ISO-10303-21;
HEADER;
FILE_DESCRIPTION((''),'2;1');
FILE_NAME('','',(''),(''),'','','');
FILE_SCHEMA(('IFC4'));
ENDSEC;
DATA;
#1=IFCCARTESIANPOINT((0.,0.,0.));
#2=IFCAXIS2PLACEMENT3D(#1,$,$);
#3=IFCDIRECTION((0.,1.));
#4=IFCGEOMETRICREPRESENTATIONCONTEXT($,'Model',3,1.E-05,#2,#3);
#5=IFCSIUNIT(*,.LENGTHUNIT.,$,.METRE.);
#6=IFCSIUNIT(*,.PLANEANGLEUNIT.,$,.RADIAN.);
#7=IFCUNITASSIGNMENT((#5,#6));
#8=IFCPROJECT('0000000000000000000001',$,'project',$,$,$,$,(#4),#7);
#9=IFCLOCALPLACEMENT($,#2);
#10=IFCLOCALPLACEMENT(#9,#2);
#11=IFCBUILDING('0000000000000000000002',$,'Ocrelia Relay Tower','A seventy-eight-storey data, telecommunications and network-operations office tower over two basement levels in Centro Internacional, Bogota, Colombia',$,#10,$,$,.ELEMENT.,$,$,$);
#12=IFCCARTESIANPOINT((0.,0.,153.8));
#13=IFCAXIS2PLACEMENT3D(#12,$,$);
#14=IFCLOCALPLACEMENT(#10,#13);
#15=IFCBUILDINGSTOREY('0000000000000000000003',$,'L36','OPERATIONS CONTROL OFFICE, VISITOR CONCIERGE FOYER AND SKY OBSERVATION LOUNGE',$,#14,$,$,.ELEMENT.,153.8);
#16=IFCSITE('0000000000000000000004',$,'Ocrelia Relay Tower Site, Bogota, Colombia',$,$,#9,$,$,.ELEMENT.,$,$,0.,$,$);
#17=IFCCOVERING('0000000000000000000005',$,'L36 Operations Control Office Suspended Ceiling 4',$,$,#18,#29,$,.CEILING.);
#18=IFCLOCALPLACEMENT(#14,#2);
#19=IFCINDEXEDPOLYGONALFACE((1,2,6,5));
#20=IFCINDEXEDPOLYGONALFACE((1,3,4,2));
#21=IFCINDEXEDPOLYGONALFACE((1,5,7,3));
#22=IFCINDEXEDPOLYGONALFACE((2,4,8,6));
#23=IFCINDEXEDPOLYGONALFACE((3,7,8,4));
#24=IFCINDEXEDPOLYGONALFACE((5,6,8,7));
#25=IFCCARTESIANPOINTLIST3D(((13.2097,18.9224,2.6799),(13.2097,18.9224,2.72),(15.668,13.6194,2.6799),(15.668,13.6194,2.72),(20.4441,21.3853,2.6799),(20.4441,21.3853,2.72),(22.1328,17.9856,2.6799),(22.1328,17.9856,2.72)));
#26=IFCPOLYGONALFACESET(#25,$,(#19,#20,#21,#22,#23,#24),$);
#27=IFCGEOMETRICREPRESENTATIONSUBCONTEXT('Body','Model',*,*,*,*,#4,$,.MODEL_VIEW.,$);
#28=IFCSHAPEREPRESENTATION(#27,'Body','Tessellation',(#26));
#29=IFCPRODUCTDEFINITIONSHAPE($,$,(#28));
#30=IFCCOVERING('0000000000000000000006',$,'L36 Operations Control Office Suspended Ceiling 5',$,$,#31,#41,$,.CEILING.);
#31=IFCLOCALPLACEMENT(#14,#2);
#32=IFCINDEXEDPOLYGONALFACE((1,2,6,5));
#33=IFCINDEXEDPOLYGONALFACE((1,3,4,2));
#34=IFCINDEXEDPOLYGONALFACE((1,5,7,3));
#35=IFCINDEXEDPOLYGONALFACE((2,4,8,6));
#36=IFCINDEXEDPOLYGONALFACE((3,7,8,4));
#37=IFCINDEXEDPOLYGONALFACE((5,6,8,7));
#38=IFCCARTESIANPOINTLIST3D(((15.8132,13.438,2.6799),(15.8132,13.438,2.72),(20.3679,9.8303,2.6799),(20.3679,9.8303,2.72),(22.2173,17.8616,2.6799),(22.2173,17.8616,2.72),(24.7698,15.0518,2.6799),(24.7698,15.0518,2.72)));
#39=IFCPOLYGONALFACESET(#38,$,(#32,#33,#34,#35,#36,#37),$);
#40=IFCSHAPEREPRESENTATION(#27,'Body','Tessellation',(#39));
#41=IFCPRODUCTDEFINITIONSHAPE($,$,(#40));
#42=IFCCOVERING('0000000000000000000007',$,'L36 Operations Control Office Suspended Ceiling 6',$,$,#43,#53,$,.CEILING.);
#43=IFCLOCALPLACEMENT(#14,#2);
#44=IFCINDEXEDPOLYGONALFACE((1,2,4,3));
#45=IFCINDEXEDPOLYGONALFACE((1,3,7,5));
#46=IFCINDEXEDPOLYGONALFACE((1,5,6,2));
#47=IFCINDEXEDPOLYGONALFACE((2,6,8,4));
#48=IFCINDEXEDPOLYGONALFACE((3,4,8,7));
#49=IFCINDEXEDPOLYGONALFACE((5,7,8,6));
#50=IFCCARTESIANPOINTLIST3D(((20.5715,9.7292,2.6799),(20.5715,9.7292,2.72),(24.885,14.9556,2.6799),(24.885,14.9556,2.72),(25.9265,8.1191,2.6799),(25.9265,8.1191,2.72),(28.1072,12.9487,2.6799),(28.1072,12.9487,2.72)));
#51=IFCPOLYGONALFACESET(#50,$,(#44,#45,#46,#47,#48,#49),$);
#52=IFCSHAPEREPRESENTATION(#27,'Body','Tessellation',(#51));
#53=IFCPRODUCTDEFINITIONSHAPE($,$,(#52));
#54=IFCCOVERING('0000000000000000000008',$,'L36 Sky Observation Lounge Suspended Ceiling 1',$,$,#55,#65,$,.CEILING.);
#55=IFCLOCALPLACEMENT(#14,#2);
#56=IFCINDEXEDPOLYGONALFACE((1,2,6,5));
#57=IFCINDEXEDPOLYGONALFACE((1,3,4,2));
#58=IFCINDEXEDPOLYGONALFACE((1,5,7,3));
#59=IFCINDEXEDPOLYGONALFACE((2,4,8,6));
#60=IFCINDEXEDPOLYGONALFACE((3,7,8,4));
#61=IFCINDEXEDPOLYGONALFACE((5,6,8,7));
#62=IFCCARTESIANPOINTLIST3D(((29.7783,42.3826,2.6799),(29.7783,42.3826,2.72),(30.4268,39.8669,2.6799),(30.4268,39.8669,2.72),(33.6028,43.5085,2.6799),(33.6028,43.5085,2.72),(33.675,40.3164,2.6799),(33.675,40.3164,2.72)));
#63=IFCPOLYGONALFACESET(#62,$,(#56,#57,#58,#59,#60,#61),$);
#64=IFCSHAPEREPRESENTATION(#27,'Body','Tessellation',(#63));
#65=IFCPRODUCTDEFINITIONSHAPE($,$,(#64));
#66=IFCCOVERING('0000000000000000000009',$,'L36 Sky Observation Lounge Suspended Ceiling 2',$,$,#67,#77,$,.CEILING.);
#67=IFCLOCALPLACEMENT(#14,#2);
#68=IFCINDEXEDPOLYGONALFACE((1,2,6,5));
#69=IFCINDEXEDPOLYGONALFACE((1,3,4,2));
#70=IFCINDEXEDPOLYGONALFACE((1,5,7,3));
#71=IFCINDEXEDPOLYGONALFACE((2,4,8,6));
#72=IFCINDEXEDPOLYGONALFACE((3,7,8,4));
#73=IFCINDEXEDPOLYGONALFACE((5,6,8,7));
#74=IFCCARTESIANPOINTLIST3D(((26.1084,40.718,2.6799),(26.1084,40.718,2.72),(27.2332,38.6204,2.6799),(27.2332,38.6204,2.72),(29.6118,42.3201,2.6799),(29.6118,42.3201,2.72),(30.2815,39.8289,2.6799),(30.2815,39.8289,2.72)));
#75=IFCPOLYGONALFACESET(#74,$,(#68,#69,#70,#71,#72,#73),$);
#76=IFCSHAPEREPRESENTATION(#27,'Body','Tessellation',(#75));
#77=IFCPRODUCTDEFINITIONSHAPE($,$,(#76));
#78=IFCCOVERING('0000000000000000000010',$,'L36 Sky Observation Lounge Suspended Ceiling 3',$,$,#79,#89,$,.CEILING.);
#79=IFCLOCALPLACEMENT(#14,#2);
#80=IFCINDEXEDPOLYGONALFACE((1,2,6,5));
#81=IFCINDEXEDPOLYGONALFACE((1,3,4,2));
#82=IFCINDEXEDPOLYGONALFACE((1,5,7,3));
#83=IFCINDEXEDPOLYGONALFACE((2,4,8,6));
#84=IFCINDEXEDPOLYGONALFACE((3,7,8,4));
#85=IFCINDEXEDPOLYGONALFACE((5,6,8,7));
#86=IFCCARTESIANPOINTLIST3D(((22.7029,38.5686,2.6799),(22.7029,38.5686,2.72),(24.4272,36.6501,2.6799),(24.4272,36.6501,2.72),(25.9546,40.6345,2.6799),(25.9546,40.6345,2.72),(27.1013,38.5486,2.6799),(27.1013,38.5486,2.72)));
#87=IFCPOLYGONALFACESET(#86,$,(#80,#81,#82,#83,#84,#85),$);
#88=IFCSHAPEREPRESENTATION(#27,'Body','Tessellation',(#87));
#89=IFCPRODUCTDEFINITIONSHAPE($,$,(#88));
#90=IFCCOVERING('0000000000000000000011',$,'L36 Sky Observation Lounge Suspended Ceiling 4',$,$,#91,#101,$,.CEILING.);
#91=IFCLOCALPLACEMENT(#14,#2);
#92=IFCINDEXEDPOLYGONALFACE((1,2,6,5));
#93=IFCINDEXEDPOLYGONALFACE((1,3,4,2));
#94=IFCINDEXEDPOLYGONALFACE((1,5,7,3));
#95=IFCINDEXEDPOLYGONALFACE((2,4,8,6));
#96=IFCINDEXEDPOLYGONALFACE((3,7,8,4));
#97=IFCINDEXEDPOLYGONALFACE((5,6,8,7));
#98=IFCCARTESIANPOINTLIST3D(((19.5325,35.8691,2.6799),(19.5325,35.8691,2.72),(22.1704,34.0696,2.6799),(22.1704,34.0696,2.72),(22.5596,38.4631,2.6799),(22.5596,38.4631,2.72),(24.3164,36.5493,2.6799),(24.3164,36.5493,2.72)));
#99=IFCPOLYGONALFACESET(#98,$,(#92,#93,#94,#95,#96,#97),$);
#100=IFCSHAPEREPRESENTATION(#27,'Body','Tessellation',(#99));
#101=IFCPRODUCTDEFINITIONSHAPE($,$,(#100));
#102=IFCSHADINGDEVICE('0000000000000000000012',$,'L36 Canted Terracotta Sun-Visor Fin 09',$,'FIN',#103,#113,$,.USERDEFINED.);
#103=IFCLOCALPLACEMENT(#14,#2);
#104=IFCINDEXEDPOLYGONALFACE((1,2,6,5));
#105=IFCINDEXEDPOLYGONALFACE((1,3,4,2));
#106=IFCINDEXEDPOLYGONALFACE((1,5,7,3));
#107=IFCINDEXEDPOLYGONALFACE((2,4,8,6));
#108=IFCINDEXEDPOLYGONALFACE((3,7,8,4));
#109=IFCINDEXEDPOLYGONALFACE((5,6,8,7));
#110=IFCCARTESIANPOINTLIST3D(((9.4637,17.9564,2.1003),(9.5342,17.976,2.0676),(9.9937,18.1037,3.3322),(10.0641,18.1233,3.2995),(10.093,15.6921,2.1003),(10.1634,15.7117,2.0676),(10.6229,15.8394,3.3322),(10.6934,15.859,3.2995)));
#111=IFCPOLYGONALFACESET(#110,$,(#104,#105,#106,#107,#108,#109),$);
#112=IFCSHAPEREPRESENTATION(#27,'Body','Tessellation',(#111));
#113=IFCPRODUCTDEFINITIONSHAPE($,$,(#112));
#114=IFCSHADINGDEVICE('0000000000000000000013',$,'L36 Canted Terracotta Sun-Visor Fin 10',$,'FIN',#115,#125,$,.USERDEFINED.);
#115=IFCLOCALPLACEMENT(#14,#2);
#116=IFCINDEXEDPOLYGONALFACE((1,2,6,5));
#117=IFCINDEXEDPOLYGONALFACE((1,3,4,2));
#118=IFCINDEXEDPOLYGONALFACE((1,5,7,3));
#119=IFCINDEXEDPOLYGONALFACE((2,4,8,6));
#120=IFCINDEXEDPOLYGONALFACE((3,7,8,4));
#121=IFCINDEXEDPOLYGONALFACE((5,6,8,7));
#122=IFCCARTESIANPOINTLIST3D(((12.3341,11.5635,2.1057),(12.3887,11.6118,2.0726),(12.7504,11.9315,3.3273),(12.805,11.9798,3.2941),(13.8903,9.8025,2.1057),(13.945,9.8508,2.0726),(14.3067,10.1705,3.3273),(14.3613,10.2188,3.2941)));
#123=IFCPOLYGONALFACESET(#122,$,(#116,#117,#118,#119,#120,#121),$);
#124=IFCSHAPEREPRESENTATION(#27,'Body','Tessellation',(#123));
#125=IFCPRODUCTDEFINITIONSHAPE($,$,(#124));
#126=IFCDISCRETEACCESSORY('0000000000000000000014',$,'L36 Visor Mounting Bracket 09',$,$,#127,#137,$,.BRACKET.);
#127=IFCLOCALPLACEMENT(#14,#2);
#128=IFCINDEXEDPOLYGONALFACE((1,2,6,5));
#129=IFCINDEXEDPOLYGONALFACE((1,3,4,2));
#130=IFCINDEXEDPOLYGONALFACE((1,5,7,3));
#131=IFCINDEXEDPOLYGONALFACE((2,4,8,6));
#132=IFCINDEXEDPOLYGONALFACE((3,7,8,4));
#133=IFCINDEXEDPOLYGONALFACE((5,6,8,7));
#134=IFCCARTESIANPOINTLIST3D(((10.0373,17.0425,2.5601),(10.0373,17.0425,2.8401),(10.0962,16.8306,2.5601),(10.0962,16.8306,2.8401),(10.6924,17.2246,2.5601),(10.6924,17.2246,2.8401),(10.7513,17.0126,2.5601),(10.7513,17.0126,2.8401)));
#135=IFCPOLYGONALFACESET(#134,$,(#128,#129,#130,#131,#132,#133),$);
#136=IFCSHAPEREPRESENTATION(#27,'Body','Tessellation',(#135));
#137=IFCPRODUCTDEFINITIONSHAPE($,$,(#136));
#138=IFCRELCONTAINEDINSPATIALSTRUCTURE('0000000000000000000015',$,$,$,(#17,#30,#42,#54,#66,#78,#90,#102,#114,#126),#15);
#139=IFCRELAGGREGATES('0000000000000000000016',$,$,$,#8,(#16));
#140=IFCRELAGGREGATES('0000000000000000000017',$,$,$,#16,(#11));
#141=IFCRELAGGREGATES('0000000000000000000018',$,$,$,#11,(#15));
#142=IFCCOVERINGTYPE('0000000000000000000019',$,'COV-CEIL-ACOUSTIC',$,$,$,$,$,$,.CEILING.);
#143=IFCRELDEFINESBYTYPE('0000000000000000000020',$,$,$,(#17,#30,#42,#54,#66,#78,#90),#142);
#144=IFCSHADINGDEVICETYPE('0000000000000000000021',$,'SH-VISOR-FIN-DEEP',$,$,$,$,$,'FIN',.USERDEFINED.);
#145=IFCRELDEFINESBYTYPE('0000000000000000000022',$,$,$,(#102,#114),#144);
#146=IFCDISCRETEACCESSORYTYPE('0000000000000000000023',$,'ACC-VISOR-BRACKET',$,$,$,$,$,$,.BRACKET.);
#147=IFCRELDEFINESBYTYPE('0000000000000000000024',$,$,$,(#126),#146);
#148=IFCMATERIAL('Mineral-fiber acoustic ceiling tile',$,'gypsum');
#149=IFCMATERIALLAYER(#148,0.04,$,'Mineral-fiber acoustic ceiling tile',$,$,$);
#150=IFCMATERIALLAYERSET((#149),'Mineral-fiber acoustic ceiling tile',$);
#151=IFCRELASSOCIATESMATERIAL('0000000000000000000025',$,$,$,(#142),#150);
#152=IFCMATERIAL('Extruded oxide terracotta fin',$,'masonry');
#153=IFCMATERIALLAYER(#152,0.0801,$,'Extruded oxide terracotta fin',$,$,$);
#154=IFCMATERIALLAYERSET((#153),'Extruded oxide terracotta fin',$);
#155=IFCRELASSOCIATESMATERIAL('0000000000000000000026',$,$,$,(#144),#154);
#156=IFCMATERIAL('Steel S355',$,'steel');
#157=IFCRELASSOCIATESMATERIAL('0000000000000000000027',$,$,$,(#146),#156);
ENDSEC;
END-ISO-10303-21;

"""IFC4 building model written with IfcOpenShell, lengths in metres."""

from ifc_helpers import new_model, si_unit, direction, frame, origin, origin_2d, place, context, subcontext, project, spatial, polyline, rectangle, outline, extrude, material, layer, layer_set, type_object, element, save


model = new_model("IFC4")

# Units and contexts
model_context = context("Model", 3, precision=1e-05, world=origin(), true_north=direction((0.0, 1.0)))
body_context = subcontext(model_context, "Body", "Model", "MODEL_VIEW")
ifc_project = project(units=[si_unit("LENGTHUNIT", "METRE"), si_unit("PLANEANGLEUNIT", "RADIAN")], contexts=[model_context])

# Site, building, storey
site_placement = place(None, origin())
site = spatial("IfcSite", under=ifc_project, at=site_placement, Name="Ocrelia Relay Tower Site, Bogota, Colombia", CompositionType="ELEMENT", RefElevation=0.0)
building_placement = place(site_placement, origin())
building = spatial("IfcBuilding", under=site, at=building_placement, Name="Ocrelia Relay Tower", Description="A seventy-eight-storey data, telecommunications and network-operations office tower over two basement levels in Centro Internacional, Bogota, Colombia", CompositionType="ELEMENT")
storey_placement = place(building_placement, frame((0.0, 0.0, 153.8)))
storey = spatial("IfcBuildingStorey", under=building, at=storey_placement, Name="L36", Description="OPERATIONS CONTROL OFFICE, VISITOR CONCIERGE FOYER AND SKY OBSERVATION LOUNGE", CompositionType="ELEMENT", Elevation=153.8)

# Coverings
ifc_material_1 = material(Name="Mineral-fiber acoustic ceiling tile", Category="gypsum")
ifc_layer_1 = layer(ifc_material_1, 0.04, Name="Mineral-fiber acoustic ceiling tile")
ifc_layer_set_1 = layer_set([ifc_layer_1], Name="Mineral-fiber acoustic ceiling tile")
covering_type = type_object("IfcCoveringType", Name="COV-CEIL-ACOUSTIC", PredefinedType="CEILING", material=ifc_layer_set_1)
covering_1_placement = place(storey_placement, frame((0.0, 0.0, 2.6799)))
element("IfcCovering", 1, at=covering_1_placement, inside=storey, type_object=covering_type, Name="L36 Operations Control Office Suspended Ceiling 4", PredefinedType="CEILING", context=body_context, shape_type="SweptSolid", body=[
    extrude(outline(polyline([(20.4441, 21.3853), (13.2097, 18.9224), (15.668, 13.6194), (22.1328, 17.9856), (20.4441, 21.3853)])), origin(), (0.0, 0.0, 1.0), 0.04),
])
covering_2_placement = place(storey_placement, frame((0.0, 0.0, 2.6799)))
element("IfcCovering", 2, at=covering_2_placement, inside=storey, type_object=covering_type, Name="L36 Operations Control Office Suspended Ceiling 5", PredefinedType="CEILING", context=body_context, shape_type="SweptSolid", body=[
    extrude(outline(polyline([(22.2173, 17.8616), (15.8132, 13.438), (20.3679, 9.8303), (24.7698, 15.0518), (22.2173, 17.8616)])), origin(), (0.0, 0.0, 1.0), 0.04),
])
covering_3_placement = place(storey_placement, frame((0.0, 0.0, 2.6799)))
element("IfcCovering", 3, at=covering_3_placement, inside=storey, type_object=covering_type, Name="L36 Operations Control Office Suspended Ceiling 6", PredefinedType="CEILING", context=body_context, shape_type="SweptSolid", body=[
    extrude(outline(polyline([(24.885, 14.9556), (20.5715, 9.7292), (25.9265, 8.1191), (28.1072, 12.9487), (24.885, 14.9556)])), origin(), (0.0, 0.0, 1.0), 0.04),
])
covering_4_placement = place(storey_placement, frame((0.0, 0.0, 2.6799)))
element("IfcCovering", 4, at=covering_4_placement, inside=storey, type_object=covering_type, Name="L36 Sky Observation Lounge Suspended Ceiling 1", PredefinedType="CEILING", context=body_context, shape_type="SweptSolid", body=[
    extrude(outline(polyline([(33.675, 40.3164), (33.6028, 43.5085), (29.7783, 42.3826), (30.4268, 39.8669), (33.675, 40.3164)])), origin(), (0.0, 0.0, 1.0), 0.04),
])
covering_5_placement = place(storey_placement, frame((0.0, 0.0, 2.6799)))
element("IfcCovering", 5, at=covering_5_placement, inside=storey, type_object=covering_type, Name="L36 Sky Observation Lounge Suspended Ceiling 2", PredefinedType="CEILING", context=body_context, shape_type="SweptSolid", body=[
    extrude(outline(polyline([(30.2815, 39.8289), (29.6118, 42.3201), (26.1084, 40.718), (27.2332, 38.6204), (30.2815, 39.8289)])), origin(), (0.0, 0.0, 1.0), 0.04),
])
covering_6_placement = place(storey_placement, frame((0.0, 0.0, 2.6799)))
element("IfcCovering", 6, at=covering_6_placement, inside=storey, type_object=covering_type, Name="L36 Sky Observation Lounge Suspended Ceiling 3", PredefinedType="CEILING", context=body_context, shape_type="SweptSolid", body=[
    extrude(outline(polyline([(27.1013, 38.5486), (25.9546, 40.6345), (22.7029, 38.5686), (24.4272, 36.6501), (27.1013, 38.5486)])), origin(), (0.0, 0.0, 1.0), 0.04),
])
covering_7_placement = place(storey_placement, frame((0.0, 0.0, 2.6799)))
element("IfcCovering", 7, at=covering_7_placement, inside=storey, type_object=covering_type, Name="L36 Sky Observation Lounge Suspended Ceiling 4", PredefinedType="CEILING", context=body_context, shape_type="SweptSolid", body=[
    extrude(outline(polyline([(24.3164, 36.5493), (22.5596, 38.4631), (19.5325, 35.8691), (22.1704, 34.0696), (24.3164, 36.5493)])), origin(), (0.0, 0.0, 1.0), 0.04),
])

# Shading devices
ifc_material_2 = material(Name="Extruded oxide terracotta fin", Category="masonry")
ifc_layer_2 = layer(ifc_material_2, 0.0801, Name="Extruded oxide terracotta fin")
ifc_layer_set_2 = layer_set([ifc_layer_2], Name="Extruded oxide terracotta fin")
shading_device_type = type_object("IfcShadingDeviceType", Name="SH-VISOR-FIN-DEEP", ElementType="FIN", PredefinedType="USERDEFINED", material=ifc_layer_set_2)
shading_device_1_placement = place(storey_placement, frame((10.1138, 16.9175, 2.6836), z_axis=(-0.879779, -0.244491, 0.407693), x_axis=(0.267754, -0.963487, 0.0)))
element("IfcShadingDevice", 8, at=shading_device_1_placement, inside=storey, type_object=shading_device_type, Name="L36 Canted Terracotta Sun-Visor Fin 09", ObjectType="FIN", PredefinedType="USERDEFINED", context=body_context, shape_type="SweptSolid", body=[
    extrude(rectangle(XDim=2.3501, YDim=1.3491, at=origin_2d()), origin(), (0.0, 0.0, 1.0), 0.0801),
])
shading_device_2_placement = place(storey_placement, frame((13.375, 10.9153, 2.6833), z_axis=(-0.68206, -0.602785, 0.414058), x_axis=(0.662219, -0.74931, 0.0)))
element("IfcShadingDevice", 9, at=shading_device_2_placement, inside=storey, type_object=shading_device_type, Name="L36 Canted Terracotta Sun-Visor Fin 10", ObjectType="FIN", PredefinedType="USERDEFINED", context=body_context, shape_type="SweptSolid", body=[
    extrude(rectangle(XDim=2.3501, YDim=1.342, at=origin_2d()), origin(), (0.0, 0.0, 1.0), 0.0801),
])

# Discrete accessory
ifc_material_3 = material(Name="Steel S355", Category="steel")
discrete_accessory_type = type_object("IfcDiscreteAccessoryType", Name="ACC-VISOR-BRACKET", PredefinedType="BRACKET", material=ifc_material_3)
discrete_accessory_placement = place(storey_placement, frame((10.3943, 17.0276, 2.5601), z_axis=(0.0, 0.0, 1.0), x_axis=(0.267754, -0.963487, 0.0)))
element("IfcDiscreteAccessory", 10, at=discrete_accessory_placement, inside=storey, type_object=discrete_accessory_type, Name="L36 Visor Mounting Bracket 09", PredefinedType="BRACKET", context=body_context, shape_type="SweptSolid", body=[
    extrude(rectangle(XDim=0.22, YDim=0.6799, at=origin_2d()), origin(), (0.0, 0.0, 1.0), 0.28),
])

save(model, "model.ifc")
